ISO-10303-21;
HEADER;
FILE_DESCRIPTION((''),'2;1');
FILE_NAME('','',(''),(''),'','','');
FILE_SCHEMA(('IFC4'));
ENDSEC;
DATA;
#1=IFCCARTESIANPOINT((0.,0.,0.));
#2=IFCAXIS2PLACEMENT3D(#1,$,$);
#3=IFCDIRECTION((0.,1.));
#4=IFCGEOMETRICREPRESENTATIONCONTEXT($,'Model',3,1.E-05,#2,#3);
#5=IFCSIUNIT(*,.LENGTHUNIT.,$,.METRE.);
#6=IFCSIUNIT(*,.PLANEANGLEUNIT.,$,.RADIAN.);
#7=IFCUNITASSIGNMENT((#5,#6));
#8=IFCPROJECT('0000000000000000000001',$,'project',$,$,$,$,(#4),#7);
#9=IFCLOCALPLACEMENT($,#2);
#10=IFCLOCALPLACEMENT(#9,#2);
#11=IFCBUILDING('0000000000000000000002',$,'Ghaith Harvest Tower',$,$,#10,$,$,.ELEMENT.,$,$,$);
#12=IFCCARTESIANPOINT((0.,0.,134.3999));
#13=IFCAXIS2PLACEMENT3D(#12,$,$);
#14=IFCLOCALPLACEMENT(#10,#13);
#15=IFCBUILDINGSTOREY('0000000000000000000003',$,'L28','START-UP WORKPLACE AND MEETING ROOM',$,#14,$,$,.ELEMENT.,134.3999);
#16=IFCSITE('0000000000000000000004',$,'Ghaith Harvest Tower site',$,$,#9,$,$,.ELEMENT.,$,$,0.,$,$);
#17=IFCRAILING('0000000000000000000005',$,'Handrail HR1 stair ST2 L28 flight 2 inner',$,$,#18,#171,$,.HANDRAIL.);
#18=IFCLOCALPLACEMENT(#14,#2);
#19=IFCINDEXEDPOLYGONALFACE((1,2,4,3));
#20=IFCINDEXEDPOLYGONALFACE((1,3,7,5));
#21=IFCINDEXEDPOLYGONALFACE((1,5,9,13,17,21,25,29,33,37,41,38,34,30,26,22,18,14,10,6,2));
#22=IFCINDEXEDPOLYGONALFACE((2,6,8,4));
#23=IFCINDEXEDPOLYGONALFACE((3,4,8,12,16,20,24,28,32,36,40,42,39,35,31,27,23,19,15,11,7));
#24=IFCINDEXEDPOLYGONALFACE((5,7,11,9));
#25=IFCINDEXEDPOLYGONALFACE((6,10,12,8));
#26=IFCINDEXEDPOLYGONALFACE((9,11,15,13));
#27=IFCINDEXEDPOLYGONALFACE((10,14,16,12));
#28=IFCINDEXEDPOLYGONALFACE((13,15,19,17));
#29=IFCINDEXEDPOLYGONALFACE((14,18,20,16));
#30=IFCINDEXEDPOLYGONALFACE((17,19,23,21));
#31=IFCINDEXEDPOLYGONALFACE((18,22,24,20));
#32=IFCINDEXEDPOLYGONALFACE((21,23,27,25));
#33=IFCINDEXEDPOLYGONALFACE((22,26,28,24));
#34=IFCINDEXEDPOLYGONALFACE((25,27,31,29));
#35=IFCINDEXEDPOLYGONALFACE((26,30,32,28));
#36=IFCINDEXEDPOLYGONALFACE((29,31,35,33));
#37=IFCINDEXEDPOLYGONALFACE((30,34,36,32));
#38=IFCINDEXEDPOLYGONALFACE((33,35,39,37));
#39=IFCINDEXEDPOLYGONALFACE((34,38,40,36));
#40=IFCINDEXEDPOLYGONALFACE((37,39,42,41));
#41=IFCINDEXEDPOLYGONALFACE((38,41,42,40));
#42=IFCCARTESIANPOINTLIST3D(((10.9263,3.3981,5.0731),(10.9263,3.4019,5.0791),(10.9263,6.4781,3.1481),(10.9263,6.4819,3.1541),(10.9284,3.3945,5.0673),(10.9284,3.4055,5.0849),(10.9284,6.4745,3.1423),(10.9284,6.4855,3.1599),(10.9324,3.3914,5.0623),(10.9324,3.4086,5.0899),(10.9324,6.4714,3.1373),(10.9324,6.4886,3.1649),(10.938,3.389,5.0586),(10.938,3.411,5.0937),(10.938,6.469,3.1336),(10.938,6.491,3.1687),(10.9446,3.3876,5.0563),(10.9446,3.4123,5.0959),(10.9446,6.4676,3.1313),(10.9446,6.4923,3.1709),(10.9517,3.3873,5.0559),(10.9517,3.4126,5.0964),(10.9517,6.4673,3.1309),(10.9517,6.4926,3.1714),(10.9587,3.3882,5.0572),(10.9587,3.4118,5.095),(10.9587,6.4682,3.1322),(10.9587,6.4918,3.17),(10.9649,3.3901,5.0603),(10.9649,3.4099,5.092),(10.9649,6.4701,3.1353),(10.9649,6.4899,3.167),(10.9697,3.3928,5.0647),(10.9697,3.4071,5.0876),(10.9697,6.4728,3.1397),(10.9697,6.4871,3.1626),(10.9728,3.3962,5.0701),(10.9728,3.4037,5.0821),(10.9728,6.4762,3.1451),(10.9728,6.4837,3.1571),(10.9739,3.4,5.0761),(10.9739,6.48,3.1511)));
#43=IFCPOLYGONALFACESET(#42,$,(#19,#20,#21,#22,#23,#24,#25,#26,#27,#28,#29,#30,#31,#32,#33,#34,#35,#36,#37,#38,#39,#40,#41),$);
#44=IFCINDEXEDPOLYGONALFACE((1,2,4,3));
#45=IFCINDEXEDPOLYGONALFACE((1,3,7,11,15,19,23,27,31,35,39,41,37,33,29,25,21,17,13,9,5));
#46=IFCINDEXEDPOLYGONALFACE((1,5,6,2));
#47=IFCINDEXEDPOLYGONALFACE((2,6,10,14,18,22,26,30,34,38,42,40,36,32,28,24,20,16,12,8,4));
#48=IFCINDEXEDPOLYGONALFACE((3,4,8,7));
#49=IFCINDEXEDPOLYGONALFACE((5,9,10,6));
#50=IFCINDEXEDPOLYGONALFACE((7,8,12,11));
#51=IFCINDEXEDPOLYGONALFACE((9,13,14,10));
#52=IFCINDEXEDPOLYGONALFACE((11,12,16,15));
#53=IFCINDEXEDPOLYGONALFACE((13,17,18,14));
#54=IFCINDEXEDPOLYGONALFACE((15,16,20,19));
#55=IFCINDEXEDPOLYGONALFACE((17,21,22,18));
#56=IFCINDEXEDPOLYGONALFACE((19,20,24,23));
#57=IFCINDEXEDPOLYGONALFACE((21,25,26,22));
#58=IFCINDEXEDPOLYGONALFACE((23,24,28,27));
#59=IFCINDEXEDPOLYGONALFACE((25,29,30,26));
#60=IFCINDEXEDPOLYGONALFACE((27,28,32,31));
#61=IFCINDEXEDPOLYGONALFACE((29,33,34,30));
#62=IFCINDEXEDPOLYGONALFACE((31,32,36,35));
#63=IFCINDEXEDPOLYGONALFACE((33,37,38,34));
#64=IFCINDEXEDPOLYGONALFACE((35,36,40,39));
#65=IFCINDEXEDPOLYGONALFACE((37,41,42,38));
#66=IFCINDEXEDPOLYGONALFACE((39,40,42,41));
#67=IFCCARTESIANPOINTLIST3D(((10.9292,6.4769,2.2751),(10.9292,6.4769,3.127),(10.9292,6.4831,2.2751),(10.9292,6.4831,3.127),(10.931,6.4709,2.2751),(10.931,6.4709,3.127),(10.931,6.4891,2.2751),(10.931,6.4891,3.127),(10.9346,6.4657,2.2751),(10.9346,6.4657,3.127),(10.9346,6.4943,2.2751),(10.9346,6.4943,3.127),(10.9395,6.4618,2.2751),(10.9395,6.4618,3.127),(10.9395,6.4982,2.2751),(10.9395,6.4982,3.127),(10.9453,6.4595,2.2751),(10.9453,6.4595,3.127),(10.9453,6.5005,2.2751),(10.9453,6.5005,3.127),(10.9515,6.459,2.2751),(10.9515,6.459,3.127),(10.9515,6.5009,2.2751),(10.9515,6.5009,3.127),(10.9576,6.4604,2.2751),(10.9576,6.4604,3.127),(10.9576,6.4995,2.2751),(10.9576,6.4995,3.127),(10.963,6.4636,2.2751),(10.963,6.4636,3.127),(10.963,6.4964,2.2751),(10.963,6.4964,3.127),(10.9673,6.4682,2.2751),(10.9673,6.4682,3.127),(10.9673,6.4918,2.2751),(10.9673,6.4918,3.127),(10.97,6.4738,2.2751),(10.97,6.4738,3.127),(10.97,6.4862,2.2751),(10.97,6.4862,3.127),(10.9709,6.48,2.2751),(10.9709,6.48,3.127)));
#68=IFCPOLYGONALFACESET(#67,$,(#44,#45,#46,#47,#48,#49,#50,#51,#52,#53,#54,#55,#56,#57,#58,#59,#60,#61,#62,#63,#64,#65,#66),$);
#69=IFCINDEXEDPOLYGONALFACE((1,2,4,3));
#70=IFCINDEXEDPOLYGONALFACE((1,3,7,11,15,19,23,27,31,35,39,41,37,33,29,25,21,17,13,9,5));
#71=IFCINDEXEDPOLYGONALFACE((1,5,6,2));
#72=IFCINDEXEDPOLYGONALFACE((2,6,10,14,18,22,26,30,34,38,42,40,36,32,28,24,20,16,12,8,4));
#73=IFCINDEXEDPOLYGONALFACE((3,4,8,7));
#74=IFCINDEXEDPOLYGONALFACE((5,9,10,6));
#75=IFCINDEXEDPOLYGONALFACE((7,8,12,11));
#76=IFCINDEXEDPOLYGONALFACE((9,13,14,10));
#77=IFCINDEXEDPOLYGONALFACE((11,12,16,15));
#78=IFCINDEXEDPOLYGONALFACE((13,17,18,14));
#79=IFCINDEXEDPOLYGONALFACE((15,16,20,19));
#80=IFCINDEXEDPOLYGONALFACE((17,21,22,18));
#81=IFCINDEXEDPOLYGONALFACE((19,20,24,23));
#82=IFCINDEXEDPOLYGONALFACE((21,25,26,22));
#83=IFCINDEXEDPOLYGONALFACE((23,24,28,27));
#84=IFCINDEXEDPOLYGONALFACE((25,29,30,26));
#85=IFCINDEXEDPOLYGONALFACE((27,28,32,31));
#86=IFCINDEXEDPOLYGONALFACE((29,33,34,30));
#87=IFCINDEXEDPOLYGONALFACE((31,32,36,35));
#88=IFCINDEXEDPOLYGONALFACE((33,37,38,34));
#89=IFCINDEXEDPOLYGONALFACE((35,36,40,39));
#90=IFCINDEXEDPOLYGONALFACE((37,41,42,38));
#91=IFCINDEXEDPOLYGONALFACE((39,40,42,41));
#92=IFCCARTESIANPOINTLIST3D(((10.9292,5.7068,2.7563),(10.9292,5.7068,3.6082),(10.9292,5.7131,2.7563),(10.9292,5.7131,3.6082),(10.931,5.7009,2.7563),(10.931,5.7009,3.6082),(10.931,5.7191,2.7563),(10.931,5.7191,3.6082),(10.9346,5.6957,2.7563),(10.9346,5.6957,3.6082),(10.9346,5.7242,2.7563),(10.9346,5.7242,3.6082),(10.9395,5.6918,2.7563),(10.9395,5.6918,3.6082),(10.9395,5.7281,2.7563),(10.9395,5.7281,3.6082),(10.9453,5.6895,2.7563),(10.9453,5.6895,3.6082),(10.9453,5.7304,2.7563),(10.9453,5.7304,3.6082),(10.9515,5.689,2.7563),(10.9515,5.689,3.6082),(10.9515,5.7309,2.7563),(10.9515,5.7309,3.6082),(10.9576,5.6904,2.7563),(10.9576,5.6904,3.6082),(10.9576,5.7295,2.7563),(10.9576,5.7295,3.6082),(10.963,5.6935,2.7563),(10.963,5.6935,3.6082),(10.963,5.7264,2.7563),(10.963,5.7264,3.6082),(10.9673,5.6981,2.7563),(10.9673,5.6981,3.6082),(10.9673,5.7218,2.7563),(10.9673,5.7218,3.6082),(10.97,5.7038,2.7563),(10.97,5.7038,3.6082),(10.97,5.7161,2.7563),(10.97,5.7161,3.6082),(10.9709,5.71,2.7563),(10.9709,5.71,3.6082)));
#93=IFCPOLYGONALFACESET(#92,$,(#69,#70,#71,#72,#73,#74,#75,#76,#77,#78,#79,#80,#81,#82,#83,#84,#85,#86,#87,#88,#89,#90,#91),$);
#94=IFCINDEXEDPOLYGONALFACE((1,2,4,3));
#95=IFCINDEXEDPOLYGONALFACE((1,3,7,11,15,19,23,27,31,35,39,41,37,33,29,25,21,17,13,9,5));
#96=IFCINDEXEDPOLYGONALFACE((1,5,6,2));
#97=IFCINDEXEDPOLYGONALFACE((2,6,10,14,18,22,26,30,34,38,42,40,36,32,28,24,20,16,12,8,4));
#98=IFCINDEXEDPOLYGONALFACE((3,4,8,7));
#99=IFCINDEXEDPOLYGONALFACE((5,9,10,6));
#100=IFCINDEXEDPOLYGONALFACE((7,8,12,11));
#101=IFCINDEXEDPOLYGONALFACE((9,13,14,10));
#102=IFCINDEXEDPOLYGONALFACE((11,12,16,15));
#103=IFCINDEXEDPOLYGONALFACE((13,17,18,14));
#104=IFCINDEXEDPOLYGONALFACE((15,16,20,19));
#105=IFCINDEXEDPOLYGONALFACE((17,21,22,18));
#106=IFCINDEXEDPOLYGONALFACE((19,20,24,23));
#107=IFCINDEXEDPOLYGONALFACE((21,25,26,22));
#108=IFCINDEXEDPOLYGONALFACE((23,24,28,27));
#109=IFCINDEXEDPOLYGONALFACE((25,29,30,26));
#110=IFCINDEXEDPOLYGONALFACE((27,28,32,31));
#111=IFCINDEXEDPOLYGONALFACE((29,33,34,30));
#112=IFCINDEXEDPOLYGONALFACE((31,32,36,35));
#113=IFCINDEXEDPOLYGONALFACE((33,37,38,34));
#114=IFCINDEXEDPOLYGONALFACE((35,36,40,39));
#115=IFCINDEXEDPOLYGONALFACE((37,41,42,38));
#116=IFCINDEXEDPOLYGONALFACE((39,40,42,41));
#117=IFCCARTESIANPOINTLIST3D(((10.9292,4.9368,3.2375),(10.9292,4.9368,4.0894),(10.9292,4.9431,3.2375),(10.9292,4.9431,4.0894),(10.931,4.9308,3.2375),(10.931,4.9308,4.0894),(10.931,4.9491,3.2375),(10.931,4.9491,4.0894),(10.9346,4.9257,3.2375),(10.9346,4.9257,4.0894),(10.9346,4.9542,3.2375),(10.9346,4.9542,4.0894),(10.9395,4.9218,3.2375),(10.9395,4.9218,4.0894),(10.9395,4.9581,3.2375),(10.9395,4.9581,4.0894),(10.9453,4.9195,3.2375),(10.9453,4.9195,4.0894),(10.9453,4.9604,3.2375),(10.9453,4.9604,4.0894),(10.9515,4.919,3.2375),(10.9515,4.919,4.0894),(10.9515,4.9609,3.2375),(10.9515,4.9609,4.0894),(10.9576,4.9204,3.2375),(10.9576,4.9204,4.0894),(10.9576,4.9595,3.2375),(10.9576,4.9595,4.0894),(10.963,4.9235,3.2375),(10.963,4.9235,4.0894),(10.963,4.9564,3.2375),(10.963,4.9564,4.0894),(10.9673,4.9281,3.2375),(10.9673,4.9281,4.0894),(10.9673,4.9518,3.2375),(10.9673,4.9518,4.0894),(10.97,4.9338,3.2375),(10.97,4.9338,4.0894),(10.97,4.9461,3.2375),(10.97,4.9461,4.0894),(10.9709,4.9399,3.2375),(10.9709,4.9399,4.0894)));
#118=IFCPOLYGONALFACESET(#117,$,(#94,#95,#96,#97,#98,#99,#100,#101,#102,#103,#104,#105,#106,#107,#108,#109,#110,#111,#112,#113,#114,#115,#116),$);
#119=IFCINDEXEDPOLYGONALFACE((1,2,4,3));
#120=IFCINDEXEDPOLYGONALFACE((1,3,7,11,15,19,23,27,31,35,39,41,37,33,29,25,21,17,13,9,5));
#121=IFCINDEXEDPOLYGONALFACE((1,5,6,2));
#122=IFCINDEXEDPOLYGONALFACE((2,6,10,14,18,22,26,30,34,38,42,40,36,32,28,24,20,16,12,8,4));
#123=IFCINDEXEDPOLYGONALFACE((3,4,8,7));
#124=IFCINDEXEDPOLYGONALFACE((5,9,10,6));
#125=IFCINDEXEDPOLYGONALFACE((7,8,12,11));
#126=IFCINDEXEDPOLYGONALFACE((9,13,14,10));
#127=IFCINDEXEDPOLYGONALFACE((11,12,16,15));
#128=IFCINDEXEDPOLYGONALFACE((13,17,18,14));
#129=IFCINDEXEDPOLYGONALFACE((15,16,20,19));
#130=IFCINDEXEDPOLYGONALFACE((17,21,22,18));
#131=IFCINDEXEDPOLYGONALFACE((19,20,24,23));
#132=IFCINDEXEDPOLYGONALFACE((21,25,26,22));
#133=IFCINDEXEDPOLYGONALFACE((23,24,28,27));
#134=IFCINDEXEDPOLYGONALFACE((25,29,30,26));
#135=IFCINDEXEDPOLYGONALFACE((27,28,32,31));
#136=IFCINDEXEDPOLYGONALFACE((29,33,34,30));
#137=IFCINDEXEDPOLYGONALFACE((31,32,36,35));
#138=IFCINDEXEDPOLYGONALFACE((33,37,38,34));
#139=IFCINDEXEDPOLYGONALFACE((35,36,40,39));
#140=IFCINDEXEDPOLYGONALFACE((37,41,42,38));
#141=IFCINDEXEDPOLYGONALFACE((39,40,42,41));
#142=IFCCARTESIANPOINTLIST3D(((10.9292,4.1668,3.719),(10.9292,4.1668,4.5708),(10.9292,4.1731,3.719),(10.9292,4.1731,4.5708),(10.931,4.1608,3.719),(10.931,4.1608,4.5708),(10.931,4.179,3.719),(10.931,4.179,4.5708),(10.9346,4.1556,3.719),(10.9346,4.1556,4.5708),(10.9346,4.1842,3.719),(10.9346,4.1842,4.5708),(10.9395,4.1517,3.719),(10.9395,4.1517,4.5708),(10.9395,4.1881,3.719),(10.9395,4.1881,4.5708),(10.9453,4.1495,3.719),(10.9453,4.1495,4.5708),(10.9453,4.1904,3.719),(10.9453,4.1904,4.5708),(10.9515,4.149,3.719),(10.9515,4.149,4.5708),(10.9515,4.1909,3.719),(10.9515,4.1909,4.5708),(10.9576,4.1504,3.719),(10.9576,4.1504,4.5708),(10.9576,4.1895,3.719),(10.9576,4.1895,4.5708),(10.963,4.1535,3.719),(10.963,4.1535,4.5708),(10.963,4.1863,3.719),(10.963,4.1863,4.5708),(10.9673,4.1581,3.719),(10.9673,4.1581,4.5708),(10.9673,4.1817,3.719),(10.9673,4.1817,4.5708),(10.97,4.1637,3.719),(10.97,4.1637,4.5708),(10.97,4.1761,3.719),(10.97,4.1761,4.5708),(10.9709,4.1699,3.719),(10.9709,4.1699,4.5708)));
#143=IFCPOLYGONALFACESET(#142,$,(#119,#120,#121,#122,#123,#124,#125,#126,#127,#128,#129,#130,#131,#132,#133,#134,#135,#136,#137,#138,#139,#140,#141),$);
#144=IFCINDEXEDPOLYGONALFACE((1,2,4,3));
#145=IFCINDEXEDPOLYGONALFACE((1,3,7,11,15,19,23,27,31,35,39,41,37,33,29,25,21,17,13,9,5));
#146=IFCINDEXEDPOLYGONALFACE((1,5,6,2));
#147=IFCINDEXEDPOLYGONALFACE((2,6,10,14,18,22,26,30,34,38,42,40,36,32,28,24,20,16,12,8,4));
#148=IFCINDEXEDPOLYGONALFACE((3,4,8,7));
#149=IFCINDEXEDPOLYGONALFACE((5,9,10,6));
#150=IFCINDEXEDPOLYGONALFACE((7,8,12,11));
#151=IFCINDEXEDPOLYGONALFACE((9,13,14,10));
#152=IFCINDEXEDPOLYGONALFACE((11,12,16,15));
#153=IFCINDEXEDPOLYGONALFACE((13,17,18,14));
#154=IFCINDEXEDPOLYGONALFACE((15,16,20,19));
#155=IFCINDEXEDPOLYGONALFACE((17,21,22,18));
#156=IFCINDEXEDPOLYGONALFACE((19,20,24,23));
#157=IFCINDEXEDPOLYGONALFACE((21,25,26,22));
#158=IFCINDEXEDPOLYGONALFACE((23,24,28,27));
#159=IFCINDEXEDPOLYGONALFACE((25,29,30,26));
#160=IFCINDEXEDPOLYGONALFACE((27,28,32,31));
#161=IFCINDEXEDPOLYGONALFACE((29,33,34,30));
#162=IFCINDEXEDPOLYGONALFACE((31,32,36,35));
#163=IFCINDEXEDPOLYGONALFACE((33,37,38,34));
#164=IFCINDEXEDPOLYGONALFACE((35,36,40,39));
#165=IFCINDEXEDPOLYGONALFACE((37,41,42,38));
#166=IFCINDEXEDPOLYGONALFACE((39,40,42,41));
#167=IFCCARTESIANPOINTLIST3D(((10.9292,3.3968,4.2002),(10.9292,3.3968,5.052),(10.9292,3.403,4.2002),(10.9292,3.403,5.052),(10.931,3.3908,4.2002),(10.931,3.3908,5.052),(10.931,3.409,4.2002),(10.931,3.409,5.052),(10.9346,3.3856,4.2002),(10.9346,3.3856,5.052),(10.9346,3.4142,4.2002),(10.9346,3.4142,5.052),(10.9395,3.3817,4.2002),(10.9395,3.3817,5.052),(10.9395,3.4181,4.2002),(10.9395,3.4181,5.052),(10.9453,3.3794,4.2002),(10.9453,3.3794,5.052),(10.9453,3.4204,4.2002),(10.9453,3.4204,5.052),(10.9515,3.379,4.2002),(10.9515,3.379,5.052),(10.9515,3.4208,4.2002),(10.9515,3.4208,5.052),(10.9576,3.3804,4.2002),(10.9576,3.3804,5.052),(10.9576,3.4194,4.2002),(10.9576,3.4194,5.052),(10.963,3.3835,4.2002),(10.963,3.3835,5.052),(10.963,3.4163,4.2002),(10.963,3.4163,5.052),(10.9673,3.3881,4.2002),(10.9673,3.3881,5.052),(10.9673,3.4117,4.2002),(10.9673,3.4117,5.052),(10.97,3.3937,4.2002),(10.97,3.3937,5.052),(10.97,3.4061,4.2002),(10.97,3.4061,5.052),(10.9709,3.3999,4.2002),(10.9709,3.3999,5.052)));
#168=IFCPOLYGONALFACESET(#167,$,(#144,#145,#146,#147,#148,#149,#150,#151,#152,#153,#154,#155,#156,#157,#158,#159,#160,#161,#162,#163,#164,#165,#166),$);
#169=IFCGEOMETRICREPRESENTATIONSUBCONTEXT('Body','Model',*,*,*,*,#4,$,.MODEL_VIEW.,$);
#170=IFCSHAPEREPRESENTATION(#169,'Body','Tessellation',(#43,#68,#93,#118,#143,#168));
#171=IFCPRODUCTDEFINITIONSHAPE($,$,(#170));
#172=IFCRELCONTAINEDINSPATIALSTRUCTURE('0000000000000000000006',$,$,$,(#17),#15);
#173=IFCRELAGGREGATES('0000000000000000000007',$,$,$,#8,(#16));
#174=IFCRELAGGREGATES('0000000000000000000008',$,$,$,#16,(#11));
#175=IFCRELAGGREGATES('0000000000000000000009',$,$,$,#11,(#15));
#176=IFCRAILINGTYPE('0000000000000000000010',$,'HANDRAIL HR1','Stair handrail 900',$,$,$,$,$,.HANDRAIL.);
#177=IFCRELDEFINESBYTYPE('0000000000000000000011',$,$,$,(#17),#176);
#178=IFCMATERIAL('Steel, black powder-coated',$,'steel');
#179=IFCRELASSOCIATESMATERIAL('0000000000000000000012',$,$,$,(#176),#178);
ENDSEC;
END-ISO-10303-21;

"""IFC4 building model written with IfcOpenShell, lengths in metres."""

from ifc_helpers import new_model, si_unit, direction, frame, origin, origin_2d, place, context, subcontext, project, spatial, circle, extrude, material, type_object, element, save


model = new_model("IFC4")

# Units and contexts
model_context = context("Model", 3, precision=1e-05, world=origin(), true_north=direction((0.0, 1.0)))
body_context = subcontext(model_context, "Body", "Model", "MODEL_VIEW")
ifc_project = project(units=[si_unit("LENGTHUNIT", "METRE"), si_unit("PLANEANGLEUNIT", "RADIAN")], contexts=[model_context])

# Site, building, storey
site_placement = place(None, origin())
site = spatial("IfcSite", under=ifc_project, at=site_placement, Name="Ghaith Harvest Tower site", CompositionType="ELEMENT", RefElevation=0.0)
building_placement = place(site_placement, origin())
building = spatial("IfcBuilding", under=site, at=building_placement, Name="Ghaith Harvest Tower", CompositionType="ELEMENT")
storey_placement = place(building_placement, frame((0.0, 0.0, 134.3999)))
storey = spatial("IfcBuildingStorey", under=building, at=storey_placement, Name="L28", Description="START-UP WORKPLACE AND MEETING ROOM", CompositionType="ELEMENT", Elevation=134.3999)

# Railing
ifc_material_1 = material(Name="Steel, black powder-coated", Category="steel")
railing_type = type_object("IfcRailingType", Name="HANDRAIL HR1", Description="Stair handrail 900", PredefinedType="HANDRAIL", material=ifc_material_1)
railing_1_placement = place(storey_placement, frame((10.95, 6.48, 2.2751)))
element("IfcRailing", 1, at=railing_1_placement, inside=storey, type_object=railing_type, Name="Handrail HR1 stair ST2 L28 flight 2 inner", PredefinedType="HANDRAIL", context=body_context, shape_type="SweptSolid", body=[
    extrude(circle(Radius=0.0239, at=origin_2d()), frame((0.0, 0.0, 0.876), z_axis=(0.0, -0.847998, 0.529999), x_axis=(1.0, 0.0, 0.0)), (0.0, 0.0, 1.0), 3.6321),
    extrude(circle(Radius=0.021, at=origin_2d()), origin(), (0.0, 0.0, 1.0), 0.8518),
    extrude(circle(Radius=0.021, at=origin_2d()), frame((0.0, -0.77, 0.4812)), (0.0, 0.0, 1.0), 0.8518),
    extrude(circle(Radius=0.021, at=origin_2d()), frame((0.0, -1.54, 0.9624)), (0.0, 0.0, 1.0), 0.8518),
    extrude(circle(Radius=0.021, at=origin_2d()), frame((0.0, -2.3101, 1.4438)), (0.0, 0.0, 1.0), 0.8518),
    extrude(circle(Radius=0.021, at=origin_2d()), frame((0.0, -3.0801, 1.925)), (0.0, 0.0, 1.0), 0.8518),
])

save(model, "model.ifc")
